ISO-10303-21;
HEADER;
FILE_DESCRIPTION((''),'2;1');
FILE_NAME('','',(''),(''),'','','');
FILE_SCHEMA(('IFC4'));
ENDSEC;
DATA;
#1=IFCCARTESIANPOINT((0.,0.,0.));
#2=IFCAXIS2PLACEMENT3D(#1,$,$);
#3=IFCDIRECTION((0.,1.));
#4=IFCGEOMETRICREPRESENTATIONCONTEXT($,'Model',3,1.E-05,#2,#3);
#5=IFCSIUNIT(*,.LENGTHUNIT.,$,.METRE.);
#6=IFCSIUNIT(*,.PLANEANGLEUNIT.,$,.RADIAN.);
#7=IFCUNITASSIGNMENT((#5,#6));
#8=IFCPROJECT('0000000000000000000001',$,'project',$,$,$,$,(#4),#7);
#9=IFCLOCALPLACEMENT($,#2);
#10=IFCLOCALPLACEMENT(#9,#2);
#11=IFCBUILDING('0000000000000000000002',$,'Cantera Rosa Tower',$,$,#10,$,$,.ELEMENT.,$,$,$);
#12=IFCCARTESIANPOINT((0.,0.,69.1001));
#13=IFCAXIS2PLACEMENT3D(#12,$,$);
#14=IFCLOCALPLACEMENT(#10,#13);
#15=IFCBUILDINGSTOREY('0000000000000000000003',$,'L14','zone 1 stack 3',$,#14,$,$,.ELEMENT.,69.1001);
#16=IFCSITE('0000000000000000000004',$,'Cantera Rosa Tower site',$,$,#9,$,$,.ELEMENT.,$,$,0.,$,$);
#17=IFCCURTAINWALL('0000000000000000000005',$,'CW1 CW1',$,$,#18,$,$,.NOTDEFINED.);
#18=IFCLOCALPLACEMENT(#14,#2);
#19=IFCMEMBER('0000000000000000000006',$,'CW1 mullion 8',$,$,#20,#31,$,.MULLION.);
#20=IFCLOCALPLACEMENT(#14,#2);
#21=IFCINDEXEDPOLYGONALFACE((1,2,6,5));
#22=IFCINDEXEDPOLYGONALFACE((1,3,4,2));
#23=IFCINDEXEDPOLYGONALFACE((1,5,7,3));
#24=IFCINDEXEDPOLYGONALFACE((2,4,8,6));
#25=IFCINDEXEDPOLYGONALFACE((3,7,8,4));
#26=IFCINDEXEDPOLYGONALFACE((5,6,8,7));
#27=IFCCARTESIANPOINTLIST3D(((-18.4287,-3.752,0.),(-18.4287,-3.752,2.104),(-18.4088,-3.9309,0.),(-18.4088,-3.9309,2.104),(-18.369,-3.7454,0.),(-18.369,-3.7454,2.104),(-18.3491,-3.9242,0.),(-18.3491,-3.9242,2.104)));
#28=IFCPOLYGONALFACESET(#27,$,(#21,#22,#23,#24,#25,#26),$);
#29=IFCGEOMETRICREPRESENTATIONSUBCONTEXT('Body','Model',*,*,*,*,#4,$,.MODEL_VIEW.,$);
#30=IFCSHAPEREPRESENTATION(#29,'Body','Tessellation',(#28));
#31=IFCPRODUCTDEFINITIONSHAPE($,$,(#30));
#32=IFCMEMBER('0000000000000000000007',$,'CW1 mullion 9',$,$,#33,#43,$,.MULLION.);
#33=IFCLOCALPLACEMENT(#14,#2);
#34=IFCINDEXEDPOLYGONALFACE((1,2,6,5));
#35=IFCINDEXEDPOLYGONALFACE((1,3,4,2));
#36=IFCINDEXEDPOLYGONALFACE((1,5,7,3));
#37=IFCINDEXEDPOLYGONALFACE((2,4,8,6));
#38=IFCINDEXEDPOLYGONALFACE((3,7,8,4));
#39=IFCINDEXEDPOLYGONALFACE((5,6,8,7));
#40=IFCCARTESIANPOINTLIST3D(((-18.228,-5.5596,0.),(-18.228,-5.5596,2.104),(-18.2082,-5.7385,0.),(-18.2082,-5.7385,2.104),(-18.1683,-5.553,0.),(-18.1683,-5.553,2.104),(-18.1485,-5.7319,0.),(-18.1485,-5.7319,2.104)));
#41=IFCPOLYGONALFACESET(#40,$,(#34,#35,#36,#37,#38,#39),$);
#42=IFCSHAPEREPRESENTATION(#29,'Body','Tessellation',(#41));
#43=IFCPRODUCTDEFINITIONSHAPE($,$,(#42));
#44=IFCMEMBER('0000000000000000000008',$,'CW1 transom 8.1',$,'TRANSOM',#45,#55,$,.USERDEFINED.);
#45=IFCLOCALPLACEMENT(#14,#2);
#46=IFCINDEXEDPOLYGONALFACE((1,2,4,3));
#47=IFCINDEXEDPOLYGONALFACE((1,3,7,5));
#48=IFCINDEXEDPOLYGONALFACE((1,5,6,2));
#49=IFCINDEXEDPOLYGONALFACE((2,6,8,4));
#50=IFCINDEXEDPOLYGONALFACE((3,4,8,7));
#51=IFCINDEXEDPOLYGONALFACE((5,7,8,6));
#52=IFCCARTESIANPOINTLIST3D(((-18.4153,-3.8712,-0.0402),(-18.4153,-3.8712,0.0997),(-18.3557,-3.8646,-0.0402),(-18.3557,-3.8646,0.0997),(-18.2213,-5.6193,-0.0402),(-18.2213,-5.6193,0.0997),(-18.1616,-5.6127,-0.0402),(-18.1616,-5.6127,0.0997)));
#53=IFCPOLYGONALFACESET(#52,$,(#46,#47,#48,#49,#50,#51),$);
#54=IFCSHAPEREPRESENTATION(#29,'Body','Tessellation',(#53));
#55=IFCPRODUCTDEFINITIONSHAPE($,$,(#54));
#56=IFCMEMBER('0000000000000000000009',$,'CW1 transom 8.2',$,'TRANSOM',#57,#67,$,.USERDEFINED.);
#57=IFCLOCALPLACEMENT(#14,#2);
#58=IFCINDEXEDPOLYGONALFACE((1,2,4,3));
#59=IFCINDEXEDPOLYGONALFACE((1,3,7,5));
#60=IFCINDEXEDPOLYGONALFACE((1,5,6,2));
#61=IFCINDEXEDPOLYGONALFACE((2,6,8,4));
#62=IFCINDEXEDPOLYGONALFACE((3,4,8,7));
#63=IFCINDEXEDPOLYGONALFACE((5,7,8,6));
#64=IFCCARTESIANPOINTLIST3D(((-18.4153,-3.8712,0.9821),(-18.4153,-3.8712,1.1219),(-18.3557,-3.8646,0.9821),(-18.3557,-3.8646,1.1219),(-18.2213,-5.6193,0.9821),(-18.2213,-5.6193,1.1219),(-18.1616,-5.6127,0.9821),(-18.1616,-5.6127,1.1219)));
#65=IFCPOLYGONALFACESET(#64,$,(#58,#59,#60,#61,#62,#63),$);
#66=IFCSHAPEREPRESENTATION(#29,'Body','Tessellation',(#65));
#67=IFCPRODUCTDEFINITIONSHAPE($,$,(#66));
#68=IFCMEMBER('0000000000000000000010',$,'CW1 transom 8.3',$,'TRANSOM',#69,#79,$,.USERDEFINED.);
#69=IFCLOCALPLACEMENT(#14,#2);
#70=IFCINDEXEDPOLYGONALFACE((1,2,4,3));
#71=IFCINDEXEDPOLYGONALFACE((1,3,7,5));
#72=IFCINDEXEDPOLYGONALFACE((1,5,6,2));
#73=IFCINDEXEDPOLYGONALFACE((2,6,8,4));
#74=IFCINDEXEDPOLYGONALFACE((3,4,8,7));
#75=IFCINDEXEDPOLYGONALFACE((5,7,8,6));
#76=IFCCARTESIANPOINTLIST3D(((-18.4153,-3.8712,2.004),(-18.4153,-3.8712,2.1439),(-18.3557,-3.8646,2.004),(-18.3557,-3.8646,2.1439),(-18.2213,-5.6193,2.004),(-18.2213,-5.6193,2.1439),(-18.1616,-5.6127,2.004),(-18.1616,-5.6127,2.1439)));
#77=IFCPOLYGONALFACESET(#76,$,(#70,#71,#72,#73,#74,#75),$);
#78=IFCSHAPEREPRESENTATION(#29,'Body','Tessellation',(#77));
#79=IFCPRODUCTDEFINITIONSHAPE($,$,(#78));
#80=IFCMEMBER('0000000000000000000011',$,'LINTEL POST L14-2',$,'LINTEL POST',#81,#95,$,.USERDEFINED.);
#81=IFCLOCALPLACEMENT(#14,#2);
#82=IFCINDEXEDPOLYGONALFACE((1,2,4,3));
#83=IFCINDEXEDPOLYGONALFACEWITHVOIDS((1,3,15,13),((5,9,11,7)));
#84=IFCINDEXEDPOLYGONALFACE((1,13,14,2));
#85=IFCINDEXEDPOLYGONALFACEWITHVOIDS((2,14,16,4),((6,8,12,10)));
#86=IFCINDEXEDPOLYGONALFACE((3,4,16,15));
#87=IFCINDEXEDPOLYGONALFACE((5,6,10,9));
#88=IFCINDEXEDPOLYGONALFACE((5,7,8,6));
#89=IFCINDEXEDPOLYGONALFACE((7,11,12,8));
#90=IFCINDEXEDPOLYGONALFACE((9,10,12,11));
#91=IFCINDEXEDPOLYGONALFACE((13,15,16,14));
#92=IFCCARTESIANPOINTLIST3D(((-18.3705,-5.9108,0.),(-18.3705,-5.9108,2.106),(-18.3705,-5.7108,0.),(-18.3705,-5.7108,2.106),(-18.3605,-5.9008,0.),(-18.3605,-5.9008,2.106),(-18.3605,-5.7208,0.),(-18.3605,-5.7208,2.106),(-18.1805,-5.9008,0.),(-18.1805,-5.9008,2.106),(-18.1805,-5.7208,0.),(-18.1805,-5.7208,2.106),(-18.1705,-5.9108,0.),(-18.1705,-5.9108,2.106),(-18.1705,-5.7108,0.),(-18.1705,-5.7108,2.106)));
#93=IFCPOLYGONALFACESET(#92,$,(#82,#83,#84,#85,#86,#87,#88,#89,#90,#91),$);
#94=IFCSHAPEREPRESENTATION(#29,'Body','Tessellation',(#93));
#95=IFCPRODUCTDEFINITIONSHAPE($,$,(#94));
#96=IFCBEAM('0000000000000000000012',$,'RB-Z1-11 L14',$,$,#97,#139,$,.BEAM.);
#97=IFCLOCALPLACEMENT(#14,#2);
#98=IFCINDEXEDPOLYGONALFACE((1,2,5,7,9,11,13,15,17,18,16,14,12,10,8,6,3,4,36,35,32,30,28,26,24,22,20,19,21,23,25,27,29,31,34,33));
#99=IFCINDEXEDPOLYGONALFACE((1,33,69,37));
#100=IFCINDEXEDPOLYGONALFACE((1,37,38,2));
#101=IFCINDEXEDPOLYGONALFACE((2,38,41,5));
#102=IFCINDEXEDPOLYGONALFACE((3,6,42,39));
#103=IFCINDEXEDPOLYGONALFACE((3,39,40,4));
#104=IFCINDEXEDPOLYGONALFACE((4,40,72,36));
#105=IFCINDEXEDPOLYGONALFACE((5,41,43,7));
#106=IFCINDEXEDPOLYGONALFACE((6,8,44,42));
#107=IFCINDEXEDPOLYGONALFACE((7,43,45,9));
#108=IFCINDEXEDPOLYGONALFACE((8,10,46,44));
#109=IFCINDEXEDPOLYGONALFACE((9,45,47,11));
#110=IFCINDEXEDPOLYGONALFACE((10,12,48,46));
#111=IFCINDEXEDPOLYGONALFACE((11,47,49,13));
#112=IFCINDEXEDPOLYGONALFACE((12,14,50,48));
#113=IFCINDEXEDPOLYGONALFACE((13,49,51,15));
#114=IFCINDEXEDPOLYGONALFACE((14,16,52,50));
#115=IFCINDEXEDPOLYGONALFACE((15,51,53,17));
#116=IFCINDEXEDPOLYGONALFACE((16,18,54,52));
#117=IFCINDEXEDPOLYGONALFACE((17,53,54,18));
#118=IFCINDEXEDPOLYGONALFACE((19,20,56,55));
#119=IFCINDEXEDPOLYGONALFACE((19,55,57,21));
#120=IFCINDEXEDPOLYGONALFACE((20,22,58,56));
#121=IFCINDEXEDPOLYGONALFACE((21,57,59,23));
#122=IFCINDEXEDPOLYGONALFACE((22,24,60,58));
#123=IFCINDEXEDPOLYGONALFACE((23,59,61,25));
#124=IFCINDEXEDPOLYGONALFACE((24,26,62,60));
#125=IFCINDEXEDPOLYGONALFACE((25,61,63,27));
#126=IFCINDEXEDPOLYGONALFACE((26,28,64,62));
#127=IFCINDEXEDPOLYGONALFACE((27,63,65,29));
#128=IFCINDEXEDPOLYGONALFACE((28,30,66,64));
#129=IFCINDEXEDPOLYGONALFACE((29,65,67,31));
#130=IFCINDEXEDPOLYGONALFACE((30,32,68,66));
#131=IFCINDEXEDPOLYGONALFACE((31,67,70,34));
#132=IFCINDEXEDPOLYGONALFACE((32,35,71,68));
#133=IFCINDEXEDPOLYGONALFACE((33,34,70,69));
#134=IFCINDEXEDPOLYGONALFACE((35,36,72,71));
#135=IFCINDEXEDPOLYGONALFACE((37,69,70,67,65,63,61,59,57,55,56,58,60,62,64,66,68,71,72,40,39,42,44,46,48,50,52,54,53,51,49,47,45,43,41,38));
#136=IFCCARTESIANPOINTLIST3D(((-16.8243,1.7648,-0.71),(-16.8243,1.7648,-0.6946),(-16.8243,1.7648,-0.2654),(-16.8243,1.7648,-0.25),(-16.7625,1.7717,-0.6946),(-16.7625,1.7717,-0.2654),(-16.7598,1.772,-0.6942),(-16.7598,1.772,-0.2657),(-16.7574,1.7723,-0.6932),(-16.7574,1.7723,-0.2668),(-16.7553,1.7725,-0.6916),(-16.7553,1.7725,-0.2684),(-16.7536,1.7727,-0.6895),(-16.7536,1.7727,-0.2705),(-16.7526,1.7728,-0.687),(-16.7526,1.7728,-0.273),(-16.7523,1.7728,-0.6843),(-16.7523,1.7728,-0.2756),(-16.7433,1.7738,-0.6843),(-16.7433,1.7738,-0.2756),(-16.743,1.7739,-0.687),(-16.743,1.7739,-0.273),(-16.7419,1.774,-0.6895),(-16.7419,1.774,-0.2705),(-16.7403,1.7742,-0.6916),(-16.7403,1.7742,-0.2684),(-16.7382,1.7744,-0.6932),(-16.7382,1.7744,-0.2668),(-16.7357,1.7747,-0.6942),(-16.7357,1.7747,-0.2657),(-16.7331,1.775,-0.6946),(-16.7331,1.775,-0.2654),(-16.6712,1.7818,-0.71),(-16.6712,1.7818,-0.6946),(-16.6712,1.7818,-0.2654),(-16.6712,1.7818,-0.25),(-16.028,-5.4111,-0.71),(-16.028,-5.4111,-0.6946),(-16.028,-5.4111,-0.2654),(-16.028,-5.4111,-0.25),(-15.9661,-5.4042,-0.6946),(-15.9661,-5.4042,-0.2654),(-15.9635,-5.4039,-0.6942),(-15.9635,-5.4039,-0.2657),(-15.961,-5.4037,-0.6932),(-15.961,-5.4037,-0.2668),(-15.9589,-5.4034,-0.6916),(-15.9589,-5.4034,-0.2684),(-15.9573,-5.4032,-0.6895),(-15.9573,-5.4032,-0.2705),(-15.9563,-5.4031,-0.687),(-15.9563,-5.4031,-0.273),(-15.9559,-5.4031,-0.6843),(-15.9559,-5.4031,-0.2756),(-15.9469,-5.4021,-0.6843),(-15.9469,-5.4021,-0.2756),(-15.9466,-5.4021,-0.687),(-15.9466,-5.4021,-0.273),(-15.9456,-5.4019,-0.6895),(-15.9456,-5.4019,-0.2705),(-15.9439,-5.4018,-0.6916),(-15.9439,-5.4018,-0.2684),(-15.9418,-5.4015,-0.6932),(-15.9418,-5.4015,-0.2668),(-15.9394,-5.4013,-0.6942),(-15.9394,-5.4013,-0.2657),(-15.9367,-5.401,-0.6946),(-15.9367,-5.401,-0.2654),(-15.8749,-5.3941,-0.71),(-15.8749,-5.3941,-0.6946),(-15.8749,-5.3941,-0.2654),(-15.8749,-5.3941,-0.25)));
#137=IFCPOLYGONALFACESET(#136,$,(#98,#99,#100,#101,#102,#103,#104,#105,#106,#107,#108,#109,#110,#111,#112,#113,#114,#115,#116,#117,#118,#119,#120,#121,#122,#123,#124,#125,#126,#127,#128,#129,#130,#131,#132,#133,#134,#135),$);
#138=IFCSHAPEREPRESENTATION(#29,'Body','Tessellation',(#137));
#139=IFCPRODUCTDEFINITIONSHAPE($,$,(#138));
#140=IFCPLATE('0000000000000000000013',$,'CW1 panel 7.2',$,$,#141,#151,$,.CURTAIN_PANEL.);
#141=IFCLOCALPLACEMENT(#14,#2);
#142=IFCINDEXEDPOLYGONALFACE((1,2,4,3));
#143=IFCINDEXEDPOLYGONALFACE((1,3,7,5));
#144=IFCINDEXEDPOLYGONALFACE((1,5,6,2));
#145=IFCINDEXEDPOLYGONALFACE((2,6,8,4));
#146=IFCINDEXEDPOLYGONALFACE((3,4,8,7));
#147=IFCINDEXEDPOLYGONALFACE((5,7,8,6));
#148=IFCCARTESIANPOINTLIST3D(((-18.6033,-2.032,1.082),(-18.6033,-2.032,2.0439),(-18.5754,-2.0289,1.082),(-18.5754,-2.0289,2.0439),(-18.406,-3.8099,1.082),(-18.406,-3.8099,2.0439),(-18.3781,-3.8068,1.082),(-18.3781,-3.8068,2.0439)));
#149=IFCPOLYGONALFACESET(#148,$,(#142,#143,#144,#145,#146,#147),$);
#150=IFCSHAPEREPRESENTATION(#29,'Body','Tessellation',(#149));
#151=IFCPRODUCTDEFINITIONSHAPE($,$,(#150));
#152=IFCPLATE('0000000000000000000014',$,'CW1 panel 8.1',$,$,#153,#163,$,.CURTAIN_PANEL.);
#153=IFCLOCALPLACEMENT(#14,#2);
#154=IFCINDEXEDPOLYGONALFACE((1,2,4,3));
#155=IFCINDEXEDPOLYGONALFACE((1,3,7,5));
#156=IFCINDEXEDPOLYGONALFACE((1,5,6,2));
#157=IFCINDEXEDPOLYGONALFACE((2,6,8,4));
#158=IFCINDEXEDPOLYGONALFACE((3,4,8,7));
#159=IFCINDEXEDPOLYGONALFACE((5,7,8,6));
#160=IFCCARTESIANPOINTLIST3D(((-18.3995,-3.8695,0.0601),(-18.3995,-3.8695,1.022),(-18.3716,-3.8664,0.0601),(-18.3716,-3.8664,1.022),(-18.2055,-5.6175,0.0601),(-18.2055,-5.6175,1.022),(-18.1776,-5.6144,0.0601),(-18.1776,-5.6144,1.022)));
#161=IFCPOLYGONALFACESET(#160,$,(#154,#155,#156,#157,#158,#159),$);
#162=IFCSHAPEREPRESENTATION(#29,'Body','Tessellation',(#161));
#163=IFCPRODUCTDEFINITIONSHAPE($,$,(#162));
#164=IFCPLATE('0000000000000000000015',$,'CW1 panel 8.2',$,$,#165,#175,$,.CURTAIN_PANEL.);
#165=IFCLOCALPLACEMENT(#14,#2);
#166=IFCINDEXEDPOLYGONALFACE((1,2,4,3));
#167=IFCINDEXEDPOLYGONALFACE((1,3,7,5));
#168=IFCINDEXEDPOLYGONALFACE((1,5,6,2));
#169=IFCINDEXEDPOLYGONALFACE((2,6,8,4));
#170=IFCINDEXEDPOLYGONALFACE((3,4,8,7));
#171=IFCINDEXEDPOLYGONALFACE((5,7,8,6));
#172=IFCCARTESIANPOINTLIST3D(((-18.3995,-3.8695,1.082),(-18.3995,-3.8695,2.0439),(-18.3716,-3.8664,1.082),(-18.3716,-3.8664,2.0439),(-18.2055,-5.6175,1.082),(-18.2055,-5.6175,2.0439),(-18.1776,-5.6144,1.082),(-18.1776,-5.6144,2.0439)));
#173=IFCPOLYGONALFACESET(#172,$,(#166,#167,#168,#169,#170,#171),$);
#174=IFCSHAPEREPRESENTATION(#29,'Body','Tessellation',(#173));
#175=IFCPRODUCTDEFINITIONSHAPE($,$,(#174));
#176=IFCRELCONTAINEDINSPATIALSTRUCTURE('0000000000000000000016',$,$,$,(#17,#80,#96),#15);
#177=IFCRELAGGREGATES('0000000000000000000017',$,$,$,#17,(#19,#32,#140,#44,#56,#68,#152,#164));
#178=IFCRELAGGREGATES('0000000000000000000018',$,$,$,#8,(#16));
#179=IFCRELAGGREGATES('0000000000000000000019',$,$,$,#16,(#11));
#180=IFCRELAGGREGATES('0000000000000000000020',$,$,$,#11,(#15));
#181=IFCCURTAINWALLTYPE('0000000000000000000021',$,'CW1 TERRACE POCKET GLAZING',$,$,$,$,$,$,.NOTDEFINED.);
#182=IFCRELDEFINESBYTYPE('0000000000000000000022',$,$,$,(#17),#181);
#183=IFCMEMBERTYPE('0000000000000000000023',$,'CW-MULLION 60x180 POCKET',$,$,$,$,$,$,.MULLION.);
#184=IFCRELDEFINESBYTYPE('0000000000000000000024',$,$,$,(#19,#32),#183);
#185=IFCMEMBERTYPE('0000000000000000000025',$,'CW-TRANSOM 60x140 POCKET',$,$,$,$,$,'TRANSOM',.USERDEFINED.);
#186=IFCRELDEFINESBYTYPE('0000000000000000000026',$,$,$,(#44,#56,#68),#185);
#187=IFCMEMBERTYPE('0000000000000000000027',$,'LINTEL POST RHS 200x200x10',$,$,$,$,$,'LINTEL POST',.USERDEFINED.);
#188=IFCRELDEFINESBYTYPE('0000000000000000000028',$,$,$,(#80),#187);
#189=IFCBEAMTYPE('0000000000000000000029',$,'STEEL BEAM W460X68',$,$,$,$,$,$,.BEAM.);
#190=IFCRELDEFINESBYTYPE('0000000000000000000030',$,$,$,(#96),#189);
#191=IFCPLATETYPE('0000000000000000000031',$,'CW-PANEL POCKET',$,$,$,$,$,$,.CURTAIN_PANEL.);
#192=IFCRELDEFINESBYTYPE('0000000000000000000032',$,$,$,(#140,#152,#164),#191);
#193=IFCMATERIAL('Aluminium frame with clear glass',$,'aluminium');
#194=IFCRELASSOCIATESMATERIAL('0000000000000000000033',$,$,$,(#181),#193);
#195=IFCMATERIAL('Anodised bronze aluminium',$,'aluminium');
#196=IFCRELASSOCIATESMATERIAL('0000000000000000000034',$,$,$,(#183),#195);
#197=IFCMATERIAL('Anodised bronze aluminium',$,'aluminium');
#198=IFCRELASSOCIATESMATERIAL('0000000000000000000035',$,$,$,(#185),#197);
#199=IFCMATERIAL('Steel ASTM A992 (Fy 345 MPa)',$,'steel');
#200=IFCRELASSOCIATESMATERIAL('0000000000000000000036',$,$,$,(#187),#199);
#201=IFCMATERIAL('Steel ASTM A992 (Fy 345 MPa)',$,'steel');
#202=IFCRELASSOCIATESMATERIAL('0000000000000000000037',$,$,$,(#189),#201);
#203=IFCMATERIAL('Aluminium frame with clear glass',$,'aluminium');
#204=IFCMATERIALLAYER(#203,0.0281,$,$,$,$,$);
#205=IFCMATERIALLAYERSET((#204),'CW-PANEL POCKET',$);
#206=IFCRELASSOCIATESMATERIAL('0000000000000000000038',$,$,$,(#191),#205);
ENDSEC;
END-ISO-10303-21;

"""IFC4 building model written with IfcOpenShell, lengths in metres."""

from ifc_helpers import new_model, si_unit, direction, frame, origin, origin_2d, place, context, subcontext, project, spatial, rectangle, hollow_rectangle, i_section, extrude, material, layer, layer_set, material_profile, profile_set, type_object, element, aggregate, save


model = new_model("IFC4")

# Units and contexts
model_context = context("Model", 3, precision=1e-05, world=origin(), true_north=direction((0.0, 1.0)))
body_context = subcontext(model_context, "Body", "Model", "MODEL_VIEW")
ifc_project = project(units=[si_unit("LENGTHUNIT", "METRE"), si_unit("PLANEANGLEUNIT", "RADIAN")], contexts=[model_context])

# Site, building, storey
site_placement = place(None, origin())
site = spatial("IfcSite", under=ifc_project, at=site_placement, Name="Cantera Rosa Tower site", CompositionType="ELEMENT", RefElevation=0.0)
building_placement = place(site_placement, origin())
building = spatial("IfcBuilding", under=site, at=building_placement, Name="Cantera Rosa Tower", CompositionType="ELEMENT")
storey_placement = place(building_placement, frame((0.0, 0.0, 69.1001)))
storey = spatial("IfcBuildingStorey", under=building, at=storey_placement, Name="L14", Description="zone 1 stack 3", CompositionType="ELEMENT", Elevation=69.1001)

# Curtain wall, members
ifc_material_1 = material(Name="Aluminium frame with clear glass", Category="aluminium")
curtain_wall_type = type_object("IfcCurtainWallType", Name="CW1 TERRACE POCKET GLAZING", PredefinedType="NOTDEFINED", material=ifc_material_1)
curtain_wall_placement = place(storey_placement, origin())
curtain_wall = element("IfcCurtainWall", 1, at=curtain_wall_placement, inside=storey, type_object=curtain_wall_type, Name="CW1 CW1", PredefinedType="NOTDEFINED")
ifc_material_2 = material(Name="Anodised bronze aluminium", Category="aluminium")
ifc_material_profile_1 = material_profile(ifc_material_2, rectangle(XDim=0.0601, YDim=0.1799, at=origin_2d()), Name="CW-MULLION 60x180 POCKET")
ifc_profile_set_1 = profile_set([ifc_material_profile_1], Name="Anodised bronze aluminium")
member_type_1 = type_object("IfcMemberType", Name="CW-MULLION 60x180 POCKET", PredefinedType="MULLION", material=ifc_profile_set_1)
member_1_placement = place(storey_placement, frame((-18.3889, -3.8381, 0.0), z_axis=(0.0, 0.0, 1.0), x_axis=(0.993897, 0.110313, 0.0)))
member_1 = element("IfcMember", 2, at=member_1_placement, type_object=member_type_1, Name="CW1 mullion 8", PredefinedType="MULLION", context=body_context, shape_type="SweptSolid", body=[
    extrude(rectangle(XDim=0.0601, YDim=0.1799, at=origin_2d()), origin(), (0.0, 0.0, 1.0), 2.104),
])
member_2_placement = place(storey_placement, frame((-18.1882, -5.6458, 0.0), z_axis=(0.0, 0.0, 1.0), x_axis=(0.993897, 0.110313, 0.0)))
member_2 = element("IfcMember", 3, at=member_2_placement, type_object=member_type_1, Name="CW1 mullion 9", PredefinedType="MULLION", context=body_context, shape_type="SweptSolid", body=[
    extrude(rectangle(XDim=0.0601, YDim=0.1799, at=origin_2d()), origin(), (0.0, 0.0, 1.0), 2.104),
])
ifc_material_3 = material(Name="Anodised bronze aluminium", Category="aluminium")
ifc_material_profile_2 = material_profile(ifc_material_3, rectangle(XDim=0.0601, YDim=0.1399, at=origin_2d()), Name="CW-TRANSOM 60x140 POCKET")
ifc_profile_set_2 = profile_set([ifc_material_profile_2], Name="Anodised bronze aluminium")
member_type_2 = type_object("IfcMemberType", Name="CW-TRANSOM 60x140 POCKET", ElementType="TRANSOM", PredefinedType="USERDEFINED", material=ifc_profile_set_2)
member_3_placement = place(storey_placement, frame((-18.3855, -3.8679, 0.0298), z_axis=(0.110355, -0.993892, 0.0), x_axis=(0.993892, 0.110355, 0.0)))
member_3 = element("IfcMember", 4, at=member_3_placement, type_object=member_type_2, Name="CW1 transom 8.1", ObjectType="TRANSOM", PredefinedType="USERDEFINED", context=body_context, shape_type="SweptSolid", body=[
    extrude(rectangle(XDim=0.0601, YDim=0.1399, at=origin_2d()), origin(), (0.0, 0.0, 1.0), 1.7588),
])
member_4_placement = place(storey_placement, frame((-18.3855, -3.8679, 1.052), z_axis=(0.110355, -0.993892, 0.0), x_axis=(0.993892, 0.110355, 0.0)))
member_4 = element("IfcMember", 5, at=member_4_placement, type_object=member_type_2, Name="CW1 transom 8.2", ObjectType="TRANSOM", PredefinedType="USERDEFINED", context=body_context, shape_type="SweptSolid", body=[
    extrude(rectangle(XDim=0.0601, YDim=0.1399, at=origin_2d()), origin(), (0.0, 0.0, 1.0), 1.7588),
])
member_5_placement = place(storey_placement, frame((-18.3855, -3.8679, 2.074), z_axis=(0.110355, -0.993892, 0.0), x_axis=(0.993892, 0.110355, 0.0)))
member_5 = element("IfcMember", 6, at=member_5_placement, type_object=member_type_2, Name="CW1 transom 8.3", ObjectType="TRANSOM", PredefinedType="USERDEFINED", context=body_context, shape_type="SweptSolid", body=[
    extrude(rectangle(XDim=0.0601, YDim=0.1399, at=origin_2d()), origin(), (0.0, 0.0, 1.0), 1.7588),
])

# Member
ifc_material_4 = material(Name="Steel ASTM A992 (Fy 345 MPa)", Category="steel")
ifc_material_profile_3 = material_profile(ifc_material_4, hollow_rectangle(XDim=0.2, YDim=0.2, WallThickness=0.01, at=origin_2d()), Name="LINTEL POST RHS 200x200x10")
ifc_profile_set_3 = profile_set([ifc_material_profile_3], Name="Steel ASTM A992 (Fy 345 MPa)")
member_type_3 = type_object("IfcMemberType", Name="LINTEL POST RHS 200x200x10", ElementType="LINTEL POST", PredefinedType="USERDEFINED", material=ifc_profile_set_3)
member_6_placement = place(storey_placement, frame((-18.2705, -5.8108, 0.0), z_axis=(0.0, 0.0, 1.0), x_axis=(1.0, 0.0, 0.0)))
element("IfcMember", 7, at=member_6_placement, inside=storey, type_object=member_type_3, Name="LINTEL POST L14-2", ObjectType="LINTEL POST", PredefinedType="USERDEFINED", context=body_context, shape_type="SweptSolid", body=[
    extrude(hollow_rectangle(XDim=0.2, YDim=0.2, WallThickness=0.01, at=origin_2d()), origin(), (0.0, 0.0, 1.0), 2.106),
])

# Beam
ifc_material_5 = material(Name="Steel ASTM A992 (Fy 345 MPa)", Category="steel")
ifc_material_profile_4 = material_profile(ifc_material_5, i_section(OverallWidth=0.1541, OverallDepth=0.46, WebThickness=0.009, FlangeThickness=0.0154, FilletRadius=0.0103, at=origin_2d()), Name="W460X68")
ifc_profile_set_4 = profile_set([ifc_material_profile_4], Name="Steel ASTM A992 (Fy 345 MPa)")
beam_type = type_object("IfcBeamType", Name="STEEL BEAM W460X68", PredefinedType="BEAM", material=ifc_profile_set_4)
beam_placement = place(storey_placement, frame((-15.9514, -5.4026, -0.48), z_axis=(-0.110302, 0.993898, 0.0), x_axis=(-0.993898, -0.110302, 0.0)))
element("IfcBeam", 8, at=beam_placement, inside=storey, type_object=beam_type, Name="RB-Z1-11 L14", PredefinedType="BEAM", context=body_context, shape_type="SweptSolid", body=[
    extrude(i_section(OverallWidth=0.1541, OverallDepth=0.46, WebThickness=0.009, FlangeThickness=0.0154, FilletRadius=0.0103, at=origin_2d()), origin(), (0.0, 0.0, 1.0), 7.22),
])

# Plates
ifc_material_6 = material(Name="Aluminium frame with clear glass", Category="aluminium")
ifc_layer_1 = layer(ifc_material_6, 0.0281)
ifc_layer_set_1 = layer_set([ifc_layer_1], Name="CW-PANEL POCKET")
plate_type = type_object("IfcPlateType", Name="CW-PANEL POCKET", PredefinedType="CURTAIN_PANEL", material=ifc_layer_set_1)
plate_1_placement = place(storey_placement, frame((-18.4907, -2.9194, 1.082), z_axis=(0.0, 0.0, 1.0), x_axis=(0.110313, -0.993897, 0.0)))
plate_1 = element("IfcPlate", 9, at=plate_1_placement, type_object=plate_type, Name="CW1 panel 7.2", PredefinedType="CURTAIN_PANEL", context=body_context, shape_type="SweptSolid", body=[
    extrude(rectangle(XDim=1.7888, YDim=0.0281, at=origin_2d()), origin(), (0.0, 0.0, 1.0), 0.9619),
])
plate_2_placement = place(storey_placement, frame((-18.2886, -4.7419, 0.0601), z_axis=(0.0, 0.0, 1.0), x_axis=(0.110313, -0.993897, 0.0)))
plate_2 = element("IfcPlate", 10, at=plate_2_placement, type_object=plate_type, Name="CW1 panel 8.1", PredefinedType="CURTAIN_PANEL", context=body_context, shape_type="SweptSolid", body=[
    extrude(rectangle(XDim=1.7588, YDim=0.0281, at=origin_2d()), origin(), (0.0, 0.0, 1.0), 0.9619),
])
plate_3_placement = place(storey_placement, frame((-18.2886, -4.7419, 1.082), z_axis=(0.0, 0.0, 1.0), x_axis=(0.110313, -0.993897, 0.0)))
plate_3 = element("IfcPlate", 11, at=plate_3_placement, type_object=plate_type, Name="CW1 panel 8.2", PredefinedType="CURTAIN_PANEL", context=body_context, shape_type="SweptSolid", body=[
    extrude(rectangle(XDim=1.7588, YDim=0.0281, at=origin_2d()), origin(), (0.0, 0.0, 1.0), 0.9619),
])
aggregate(curtain_wall, [member_1, member_2, plate_1, member_3, member_4, member_5, plate_2, plate_3])

save(model, "model.ifc")
